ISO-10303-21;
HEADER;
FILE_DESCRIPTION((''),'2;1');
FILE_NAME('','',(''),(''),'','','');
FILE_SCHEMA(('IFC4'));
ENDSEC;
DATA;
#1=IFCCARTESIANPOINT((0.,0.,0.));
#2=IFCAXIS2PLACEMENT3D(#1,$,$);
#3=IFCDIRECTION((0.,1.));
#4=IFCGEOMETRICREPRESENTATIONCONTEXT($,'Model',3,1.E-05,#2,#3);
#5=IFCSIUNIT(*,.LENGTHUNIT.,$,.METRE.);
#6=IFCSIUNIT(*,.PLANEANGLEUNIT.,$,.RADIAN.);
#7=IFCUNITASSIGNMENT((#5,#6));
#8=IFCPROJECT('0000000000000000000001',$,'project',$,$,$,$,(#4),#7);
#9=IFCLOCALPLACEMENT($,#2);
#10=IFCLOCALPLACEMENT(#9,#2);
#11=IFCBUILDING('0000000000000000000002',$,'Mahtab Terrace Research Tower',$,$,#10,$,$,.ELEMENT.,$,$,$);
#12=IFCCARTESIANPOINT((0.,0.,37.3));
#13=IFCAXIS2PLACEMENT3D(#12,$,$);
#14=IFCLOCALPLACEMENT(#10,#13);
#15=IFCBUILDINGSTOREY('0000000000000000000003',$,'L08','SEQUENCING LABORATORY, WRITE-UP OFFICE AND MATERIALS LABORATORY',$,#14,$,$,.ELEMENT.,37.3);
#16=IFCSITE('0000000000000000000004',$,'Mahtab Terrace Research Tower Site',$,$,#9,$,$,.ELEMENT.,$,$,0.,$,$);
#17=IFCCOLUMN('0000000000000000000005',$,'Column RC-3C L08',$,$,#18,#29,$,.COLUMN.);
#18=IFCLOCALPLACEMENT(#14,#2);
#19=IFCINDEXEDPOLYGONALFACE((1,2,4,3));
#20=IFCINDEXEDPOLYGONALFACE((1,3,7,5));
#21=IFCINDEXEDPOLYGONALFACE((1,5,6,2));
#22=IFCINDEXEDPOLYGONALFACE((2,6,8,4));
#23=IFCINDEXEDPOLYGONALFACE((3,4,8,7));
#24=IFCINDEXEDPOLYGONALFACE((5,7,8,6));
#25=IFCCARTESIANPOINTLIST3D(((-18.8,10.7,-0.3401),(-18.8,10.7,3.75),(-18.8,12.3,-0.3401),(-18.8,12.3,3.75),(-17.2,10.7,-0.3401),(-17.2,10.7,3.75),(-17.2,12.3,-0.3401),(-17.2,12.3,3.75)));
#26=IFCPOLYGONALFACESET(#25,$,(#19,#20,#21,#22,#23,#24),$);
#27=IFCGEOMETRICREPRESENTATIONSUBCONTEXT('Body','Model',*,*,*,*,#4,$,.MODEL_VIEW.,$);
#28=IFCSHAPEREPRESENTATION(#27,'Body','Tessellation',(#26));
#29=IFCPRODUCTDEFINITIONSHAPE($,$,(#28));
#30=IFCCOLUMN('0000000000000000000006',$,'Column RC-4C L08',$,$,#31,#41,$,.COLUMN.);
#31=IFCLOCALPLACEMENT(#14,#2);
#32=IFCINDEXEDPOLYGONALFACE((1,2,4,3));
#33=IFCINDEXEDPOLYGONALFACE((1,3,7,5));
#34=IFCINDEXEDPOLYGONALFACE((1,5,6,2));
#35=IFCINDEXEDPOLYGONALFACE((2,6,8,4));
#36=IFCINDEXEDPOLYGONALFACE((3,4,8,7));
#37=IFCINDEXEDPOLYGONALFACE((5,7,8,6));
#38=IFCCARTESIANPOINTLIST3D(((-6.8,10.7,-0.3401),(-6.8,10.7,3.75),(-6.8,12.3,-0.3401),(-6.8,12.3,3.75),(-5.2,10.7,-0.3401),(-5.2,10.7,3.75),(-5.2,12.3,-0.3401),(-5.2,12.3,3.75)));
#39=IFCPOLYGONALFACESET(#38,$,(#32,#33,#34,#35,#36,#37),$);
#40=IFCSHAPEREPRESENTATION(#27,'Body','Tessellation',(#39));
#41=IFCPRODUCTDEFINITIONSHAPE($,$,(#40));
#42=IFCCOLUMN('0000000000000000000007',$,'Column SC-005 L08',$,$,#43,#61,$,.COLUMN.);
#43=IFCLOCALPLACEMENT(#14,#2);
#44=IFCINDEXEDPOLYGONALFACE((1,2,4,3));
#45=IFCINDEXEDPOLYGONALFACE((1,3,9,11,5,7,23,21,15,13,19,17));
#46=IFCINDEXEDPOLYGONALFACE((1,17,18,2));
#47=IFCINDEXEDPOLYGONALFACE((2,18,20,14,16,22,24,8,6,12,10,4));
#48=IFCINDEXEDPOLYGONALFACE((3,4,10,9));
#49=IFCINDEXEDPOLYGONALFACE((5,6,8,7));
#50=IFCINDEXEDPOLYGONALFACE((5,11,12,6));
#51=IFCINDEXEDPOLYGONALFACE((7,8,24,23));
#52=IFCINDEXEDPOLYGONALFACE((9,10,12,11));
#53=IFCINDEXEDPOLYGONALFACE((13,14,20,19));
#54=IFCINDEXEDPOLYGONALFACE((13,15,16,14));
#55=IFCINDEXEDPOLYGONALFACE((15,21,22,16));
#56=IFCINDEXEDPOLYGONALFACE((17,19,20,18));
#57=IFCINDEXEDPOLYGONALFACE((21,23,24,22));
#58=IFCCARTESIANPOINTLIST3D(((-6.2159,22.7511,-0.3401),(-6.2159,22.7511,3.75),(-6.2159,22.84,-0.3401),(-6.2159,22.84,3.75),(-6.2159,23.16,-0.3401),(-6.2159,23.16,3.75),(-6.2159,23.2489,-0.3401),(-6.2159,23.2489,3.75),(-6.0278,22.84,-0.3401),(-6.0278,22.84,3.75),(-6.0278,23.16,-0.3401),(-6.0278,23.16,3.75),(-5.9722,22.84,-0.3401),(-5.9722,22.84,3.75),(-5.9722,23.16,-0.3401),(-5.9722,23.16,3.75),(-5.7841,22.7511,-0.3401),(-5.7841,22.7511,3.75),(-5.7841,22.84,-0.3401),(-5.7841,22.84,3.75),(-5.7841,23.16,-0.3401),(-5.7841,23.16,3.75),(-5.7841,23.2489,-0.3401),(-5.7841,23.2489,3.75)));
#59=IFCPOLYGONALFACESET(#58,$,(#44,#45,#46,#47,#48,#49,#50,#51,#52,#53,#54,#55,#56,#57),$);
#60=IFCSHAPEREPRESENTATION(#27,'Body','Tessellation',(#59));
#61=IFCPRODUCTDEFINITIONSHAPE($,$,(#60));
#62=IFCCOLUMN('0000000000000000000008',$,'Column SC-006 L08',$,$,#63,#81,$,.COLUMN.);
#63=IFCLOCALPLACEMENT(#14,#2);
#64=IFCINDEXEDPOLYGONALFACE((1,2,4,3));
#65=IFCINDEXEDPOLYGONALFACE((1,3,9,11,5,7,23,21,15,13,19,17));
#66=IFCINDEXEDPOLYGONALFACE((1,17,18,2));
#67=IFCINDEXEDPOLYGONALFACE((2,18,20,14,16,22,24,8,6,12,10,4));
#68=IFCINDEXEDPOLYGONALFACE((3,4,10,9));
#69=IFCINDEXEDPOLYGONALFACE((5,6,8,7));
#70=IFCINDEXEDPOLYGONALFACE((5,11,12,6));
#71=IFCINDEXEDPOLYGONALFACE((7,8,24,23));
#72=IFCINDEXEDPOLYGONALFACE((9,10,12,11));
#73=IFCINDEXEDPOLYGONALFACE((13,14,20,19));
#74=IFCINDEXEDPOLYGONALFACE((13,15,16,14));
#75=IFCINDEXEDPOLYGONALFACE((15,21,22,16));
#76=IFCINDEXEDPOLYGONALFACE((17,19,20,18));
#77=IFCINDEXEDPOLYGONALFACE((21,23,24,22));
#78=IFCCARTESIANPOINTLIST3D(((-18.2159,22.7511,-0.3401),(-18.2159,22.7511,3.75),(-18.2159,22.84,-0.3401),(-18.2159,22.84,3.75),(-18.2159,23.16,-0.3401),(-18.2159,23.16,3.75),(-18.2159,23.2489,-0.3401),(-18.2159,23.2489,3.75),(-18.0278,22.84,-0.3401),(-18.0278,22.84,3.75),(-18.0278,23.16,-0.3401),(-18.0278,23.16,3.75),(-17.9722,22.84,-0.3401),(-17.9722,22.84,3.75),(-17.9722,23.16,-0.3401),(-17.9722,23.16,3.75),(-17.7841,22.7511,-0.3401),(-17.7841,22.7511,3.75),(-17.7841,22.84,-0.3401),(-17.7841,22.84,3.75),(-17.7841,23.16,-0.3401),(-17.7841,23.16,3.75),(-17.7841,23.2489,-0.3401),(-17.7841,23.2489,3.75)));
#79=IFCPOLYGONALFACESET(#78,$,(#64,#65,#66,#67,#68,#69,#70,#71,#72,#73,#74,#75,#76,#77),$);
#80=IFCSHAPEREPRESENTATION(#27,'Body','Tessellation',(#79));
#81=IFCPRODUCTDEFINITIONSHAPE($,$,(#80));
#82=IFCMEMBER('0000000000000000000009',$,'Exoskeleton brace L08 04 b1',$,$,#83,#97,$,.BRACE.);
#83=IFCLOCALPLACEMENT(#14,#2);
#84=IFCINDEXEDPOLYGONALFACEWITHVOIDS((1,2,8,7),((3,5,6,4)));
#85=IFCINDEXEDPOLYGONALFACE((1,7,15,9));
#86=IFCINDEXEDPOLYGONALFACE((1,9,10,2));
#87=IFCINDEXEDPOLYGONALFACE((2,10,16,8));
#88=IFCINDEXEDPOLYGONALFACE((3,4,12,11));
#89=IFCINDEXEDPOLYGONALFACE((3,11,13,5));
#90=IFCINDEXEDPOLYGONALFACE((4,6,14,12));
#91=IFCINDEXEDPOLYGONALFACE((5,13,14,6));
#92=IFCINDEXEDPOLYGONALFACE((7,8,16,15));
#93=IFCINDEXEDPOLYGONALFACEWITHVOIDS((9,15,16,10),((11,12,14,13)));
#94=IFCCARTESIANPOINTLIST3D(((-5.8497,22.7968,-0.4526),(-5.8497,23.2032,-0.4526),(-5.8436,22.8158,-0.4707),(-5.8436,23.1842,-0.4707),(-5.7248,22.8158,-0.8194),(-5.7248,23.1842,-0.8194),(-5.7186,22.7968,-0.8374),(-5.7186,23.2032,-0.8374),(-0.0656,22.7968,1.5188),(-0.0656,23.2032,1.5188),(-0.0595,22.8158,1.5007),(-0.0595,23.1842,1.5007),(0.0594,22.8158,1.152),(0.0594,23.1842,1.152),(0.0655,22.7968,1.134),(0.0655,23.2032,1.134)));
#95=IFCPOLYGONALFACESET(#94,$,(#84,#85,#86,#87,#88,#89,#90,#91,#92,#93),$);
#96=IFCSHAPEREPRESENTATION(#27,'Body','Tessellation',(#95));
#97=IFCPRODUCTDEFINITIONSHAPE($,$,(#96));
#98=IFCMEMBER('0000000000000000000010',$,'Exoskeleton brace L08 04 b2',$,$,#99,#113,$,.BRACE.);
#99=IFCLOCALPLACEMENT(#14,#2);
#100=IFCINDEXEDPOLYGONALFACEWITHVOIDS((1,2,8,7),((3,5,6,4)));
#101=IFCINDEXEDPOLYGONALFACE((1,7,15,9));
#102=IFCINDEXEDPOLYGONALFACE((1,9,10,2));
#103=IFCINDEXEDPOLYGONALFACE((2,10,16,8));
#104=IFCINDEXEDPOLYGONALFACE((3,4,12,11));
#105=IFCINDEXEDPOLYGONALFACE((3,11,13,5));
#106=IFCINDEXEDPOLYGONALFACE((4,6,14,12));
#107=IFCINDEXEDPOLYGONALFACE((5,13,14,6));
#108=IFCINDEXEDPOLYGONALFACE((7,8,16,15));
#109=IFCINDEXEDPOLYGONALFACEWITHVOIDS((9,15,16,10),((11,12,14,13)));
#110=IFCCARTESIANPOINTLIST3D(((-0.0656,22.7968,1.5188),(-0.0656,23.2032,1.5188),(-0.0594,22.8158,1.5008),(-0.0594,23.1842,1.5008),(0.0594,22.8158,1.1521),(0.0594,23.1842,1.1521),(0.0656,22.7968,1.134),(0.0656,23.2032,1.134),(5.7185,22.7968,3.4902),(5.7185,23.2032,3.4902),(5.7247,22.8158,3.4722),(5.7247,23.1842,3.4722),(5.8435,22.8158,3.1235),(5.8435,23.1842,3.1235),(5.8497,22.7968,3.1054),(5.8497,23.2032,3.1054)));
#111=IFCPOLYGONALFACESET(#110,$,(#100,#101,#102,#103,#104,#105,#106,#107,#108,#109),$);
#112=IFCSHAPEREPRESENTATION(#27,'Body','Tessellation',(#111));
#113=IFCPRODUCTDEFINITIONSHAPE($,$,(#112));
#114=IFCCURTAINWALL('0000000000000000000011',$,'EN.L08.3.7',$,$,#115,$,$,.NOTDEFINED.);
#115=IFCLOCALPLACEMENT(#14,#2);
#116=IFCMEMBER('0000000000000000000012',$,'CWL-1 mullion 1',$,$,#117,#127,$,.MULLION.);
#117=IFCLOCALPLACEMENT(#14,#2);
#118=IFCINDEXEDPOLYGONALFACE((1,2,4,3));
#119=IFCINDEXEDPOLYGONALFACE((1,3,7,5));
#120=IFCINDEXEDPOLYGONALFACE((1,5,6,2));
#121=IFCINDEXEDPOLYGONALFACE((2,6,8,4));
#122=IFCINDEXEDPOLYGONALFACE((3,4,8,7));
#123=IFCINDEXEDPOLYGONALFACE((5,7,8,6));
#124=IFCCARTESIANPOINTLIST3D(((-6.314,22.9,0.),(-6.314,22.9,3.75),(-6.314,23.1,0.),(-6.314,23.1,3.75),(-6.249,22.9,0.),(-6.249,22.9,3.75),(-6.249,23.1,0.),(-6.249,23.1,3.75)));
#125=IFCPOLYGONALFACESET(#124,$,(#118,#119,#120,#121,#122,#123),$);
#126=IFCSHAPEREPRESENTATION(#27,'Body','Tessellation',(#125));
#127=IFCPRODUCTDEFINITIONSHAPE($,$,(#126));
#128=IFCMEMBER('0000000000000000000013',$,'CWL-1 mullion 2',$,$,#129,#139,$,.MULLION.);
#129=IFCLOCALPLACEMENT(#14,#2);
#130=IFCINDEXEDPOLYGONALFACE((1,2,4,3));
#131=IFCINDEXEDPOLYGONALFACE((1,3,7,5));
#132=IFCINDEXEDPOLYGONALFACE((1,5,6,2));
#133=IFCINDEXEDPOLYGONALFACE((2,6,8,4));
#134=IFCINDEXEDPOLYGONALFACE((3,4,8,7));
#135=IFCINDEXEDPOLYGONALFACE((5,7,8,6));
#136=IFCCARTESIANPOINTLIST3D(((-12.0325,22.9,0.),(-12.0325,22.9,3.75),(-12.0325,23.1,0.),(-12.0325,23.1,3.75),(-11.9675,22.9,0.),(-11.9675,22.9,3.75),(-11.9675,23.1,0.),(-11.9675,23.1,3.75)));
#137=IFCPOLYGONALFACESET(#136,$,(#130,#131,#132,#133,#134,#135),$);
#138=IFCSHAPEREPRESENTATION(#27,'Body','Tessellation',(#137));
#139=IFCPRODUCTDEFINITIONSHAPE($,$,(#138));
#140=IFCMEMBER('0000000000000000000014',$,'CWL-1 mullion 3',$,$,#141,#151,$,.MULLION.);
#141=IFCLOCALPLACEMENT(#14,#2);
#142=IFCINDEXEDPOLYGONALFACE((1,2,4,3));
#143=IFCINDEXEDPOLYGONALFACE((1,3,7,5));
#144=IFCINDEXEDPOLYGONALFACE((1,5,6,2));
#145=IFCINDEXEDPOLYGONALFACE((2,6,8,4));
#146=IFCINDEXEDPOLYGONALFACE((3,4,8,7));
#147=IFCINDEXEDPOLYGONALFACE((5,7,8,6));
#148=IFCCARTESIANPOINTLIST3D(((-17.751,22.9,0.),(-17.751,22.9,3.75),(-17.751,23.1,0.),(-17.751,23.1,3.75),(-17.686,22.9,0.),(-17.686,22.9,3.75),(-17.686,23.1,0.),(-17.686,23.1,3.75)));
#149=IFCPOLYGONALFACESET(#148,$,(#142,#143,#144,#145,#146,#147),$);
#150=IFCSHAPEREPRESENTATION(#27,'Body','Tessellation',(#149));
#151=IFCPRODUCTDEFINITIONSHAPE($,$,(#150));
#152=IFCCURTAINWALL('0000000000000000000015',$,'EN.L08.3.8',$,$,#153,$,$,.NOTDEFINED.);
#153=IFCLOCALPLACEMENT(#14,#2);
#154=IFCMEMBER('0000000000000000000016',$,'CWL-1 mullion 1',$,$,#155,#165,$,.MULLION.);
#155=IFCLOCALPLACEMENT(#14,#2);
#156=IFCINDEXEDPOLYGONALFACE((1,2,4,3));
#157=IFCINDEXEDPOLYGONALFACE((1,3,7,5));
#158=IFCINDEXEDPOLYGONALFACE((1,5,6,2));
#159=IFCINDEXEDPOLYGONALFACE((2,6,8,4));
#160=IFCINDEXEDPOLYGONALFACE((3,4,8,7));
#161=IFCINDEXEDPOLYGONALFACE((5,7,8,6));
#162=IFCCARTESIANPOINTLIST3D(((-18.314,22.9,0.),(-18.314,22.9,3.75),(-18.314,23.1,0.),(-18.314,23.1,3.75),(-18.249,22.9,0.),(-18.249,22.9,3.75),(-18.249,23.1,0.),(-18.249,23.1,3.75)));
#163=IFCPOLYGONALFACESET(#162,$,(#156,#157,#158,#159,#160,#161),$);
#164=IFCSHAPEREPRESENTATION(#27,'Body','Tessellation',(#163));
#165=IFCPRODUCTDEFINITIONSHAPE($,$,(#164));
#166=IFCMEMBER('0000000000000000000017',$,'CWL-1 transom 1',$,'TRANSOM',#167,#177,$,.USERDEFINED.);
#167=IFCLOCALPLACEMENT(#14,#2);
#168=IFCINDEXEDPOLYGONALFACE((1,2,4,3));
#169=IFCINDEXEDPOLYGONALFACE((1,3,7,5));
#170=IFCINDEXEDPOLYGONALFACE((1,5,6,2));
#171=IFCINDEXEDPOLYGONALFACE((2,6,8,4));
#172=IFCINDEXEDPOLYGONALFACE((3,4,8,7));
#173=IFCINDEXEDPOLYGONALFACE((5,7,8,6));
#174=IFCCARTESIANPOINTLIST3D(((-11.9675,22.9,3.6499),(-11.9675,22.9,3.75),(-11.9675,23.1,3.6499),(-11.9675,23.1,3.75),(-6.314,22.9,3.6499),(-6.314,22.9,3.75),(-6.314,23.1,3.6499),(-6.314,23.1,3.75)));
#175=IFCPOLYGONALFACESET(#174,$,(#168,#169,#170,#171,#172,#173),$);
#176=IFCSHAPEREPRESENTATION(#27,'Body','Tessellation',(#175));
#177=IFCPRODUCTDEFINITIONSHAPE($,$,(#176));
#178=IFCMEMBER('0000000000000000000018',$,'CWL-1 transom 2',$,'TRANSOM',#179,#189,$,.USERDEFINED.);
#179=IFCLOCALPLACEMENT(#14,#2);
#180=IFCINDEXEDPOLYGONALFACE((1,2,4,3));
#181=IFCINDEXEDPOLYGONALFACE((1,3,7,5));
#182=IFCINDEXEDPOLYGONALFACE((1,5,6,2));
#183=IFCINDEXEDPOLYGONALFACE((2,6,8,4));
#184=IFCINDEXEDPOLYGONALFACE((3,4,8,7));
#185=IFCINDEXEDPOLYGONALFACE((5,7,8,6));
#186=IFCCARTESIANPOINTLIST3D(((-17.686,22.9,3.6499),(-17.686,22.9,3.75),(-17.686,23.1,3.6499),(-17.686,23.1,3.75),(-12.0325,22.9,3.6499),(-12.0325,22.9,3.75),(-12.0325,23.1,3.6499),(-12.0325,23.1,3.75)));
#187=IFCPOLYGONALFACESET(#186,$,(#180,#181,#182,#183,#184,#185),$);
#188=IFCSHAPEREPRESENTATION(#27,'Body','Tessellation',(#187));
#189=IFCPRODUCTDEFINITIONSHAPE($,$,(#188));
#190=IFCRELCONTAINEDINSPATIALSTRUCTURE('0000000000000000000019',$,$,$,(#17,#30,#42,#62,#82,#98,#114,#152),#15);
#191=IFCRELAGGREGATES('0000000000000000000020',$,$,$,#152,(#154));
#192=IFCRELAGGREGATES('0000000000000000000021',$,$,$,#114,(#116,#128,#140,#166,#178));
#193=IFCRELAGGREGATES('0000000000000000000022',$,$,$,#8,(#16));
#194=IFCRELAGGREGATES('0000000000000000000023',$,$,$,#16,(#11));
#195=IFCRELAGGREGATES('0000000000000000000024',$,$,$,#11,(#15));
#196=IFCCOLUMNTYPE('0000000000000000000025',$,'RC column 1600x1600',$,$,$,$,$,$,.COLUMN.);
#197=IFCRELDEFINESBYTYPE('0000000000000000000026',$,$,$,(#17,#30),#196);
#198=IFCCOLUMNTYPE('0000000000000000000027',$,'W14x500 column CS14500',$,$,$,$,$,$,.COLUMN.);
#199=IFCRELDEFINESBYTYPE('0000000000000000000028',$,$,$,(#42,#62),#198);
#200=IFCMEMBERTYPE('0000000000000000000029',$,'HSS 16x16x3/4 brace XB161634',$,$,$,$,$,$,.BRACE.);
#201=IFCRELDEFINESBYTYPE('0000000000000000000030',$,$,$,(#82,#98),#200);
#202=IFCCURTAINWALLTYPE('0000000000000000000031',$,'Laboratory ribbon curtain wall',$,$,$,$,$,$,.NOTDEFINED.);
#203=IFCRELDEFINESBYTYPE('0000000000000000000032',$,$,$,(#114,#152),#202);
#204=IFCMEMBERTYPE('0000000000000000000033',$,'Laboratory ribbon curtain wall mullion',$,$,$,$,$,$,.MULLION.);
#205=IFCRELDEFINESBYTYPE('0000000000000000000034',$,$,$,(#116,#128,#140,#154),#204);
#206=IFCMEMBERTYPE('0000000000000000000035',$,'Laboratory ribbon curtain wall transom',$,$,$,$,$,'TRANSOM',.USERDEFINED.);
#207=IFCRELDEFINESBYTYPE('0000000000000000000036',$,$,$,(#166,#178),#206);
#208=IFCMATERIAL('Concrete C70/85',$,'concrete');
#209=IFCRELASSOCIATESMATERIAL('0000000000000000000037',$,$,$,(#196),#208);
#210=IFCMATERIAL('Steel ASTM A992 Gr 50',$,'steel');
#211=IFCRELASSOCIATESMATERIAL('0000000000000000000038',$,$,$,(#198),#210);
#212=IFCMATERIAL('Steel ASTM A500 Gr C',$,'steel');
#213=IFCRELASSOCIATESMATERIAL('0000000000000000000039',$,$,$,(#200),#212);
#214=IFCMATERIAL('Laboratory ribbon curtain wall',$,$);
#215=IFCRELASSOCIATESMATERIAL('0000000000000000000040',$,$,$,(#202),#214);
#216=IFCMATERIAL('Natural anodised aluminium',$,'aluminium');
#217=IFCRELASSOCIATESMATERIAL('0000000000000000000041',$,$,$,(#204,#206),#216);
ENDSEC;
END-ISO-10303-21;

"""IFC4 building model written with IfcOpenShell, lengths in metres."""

from ifc_helpers import new_model, si_unit, direction, frame, origin, origin_2d, place, context, subcontext, project, spatial, rectangle, hollow_rectangle, i_section, extrude, material, material_profile, profile_set, type_object, element, aggregate, save


model = new_model("IFC4")

# Units and contexts
model_context = context("Model", 3, precision=1e-05, world=origin(), true_north=direction((0.0, 1.0)))
body_context = subcontext(model_context, "Body", "Model", "MODEL_VIEW")
ifc_project = project(units=[si_unit("LENGTHUNIT", "METRE"), si_unit("PLANEANGLEUNIT", "RADIAN")], contexts=[model_context])

# Site, building, storey
site_placement = place(None, origin())
site = spatial("IfcSite", under=ifc_project, at=site_placement, Name="Mahtab Terrace Research Tower Site", CompositionType="ELEMENT", RefElevation=0.0)
building_placement = place(site_placement, origin())
building = spatial("IfcBuilding", under=site, at=building_placement, Name="Mahtab Terrace Research Tower", CompositionType="ELEMENT")
storey_placement = place(building_placement, frame((0.0, 0.0, 37.3)))
storey = spatial("IfcBuildingStorey", under=building, at=storey_placement, Name="L08", Description="SEQUENCING LABORATORY, WRITE-UP OFFICE AND MATERIALS LABORATORY", CompositionType="ELEMENT", Elevation=37.3)

# Columns
ifc_material_1 = material(Name="Concrete C70/85", Category="concrete")
ifc_material_profile_1 = material_profile(ifc_material_1, rectangle(XDim=1.6001, YDim=1.6001, at=origin_2d()), Name="RC column 1600x1600")
ifc_profile_set_1 = profile_set([ifc_material_profile_1], Name="Concrete C70/85")
column_type_1 = type_object("IfcColumnType", Name="RC column 1600x1600", PredefinedType="COLUMN", material=ifc_profile_set_1)
for number, where, z_axis, x_axis, name in (
    (1, (-18.0, 11.5, -0.3401), (0.0, 0.0, 1.0), (1.0, 0.0, 0.0), "Column RC-3C L08"),
    (2, (-6.0, 11.5, -0.3401), (0.0, 0.0, 1.0), (1.0, 0.0, 0.0), "Column RC-4C L08"),
):
    element("IfcColumn", number, at=place(storey_placement, frame(where, z_axis=z_axis, x_axis=x_axis)), inside=storey, type_object=column_type_1, Name=name, PredefinedType="COLUMN", context=body_context, shape_type="SweptSolid", body=[
        extrude(rectangle(XDim=1.6001, YDim=1.6001, at=origin_2d()), origin(), (0.0, 0.0, 1.0), 4.0901),
    ])
ifc_material_2 = material(Name="Steel ASTM A992 Gr 50", Category="steel")
ifc_material_profile_2 = material_profile(ifc_material_2, i_section(OverallWidth=0.4319, OverallDepth=0.4978, WebThickness=0.0557, FlangeThickness=0.0889, at=origin_2d()), Name="W14X500")
ifc_profile_set_2 = profile_set([ifc_material_profile_2], Name="Steel ASTM A992 Gr 50")
column_type_2 = type_object("IfcColumnType", Name="W14x500 column CS14500", PredefinedType="COLUMN", material=ifc_profile_set_2)
for number, where, z_axis, x_axis, name in (
    (3, (-6.0, 23.0, -0.3401), (0.0, 0.0, 1.0), (1.0, 0.0, 0.0), "Column SC-005 L08"),
    (4, (-18.0, 23.0, -0.3401), (0.0, 0.0, 1.0), (1.0, 0.0, 0.0), "Column SC-006 L08"),
):
    element("IfcColumn", number, at=place(storey_placement, frame(where, z_axis=z_axis, x_axis=x_axis)), inside=storey, type_object=column_type_2, Name=name, PredefinedType="COLUMN", context=body_context, shape_type="SweptSolid", body=[
        extrude(i_section(OverallWidth=0.4319, OverallDepth=0.4978, WebThickness=0.0557, FlangeThickness=0.0889, at=origin_2d()), origin(), (0.0, 0.0, 1.0), 4.0901),
    ])

# Members
ifc_material_3 = material(Name="Steel ASTM A500 Gr C", Category="steel")
ifc_material_profile_3 = material_profile(ifc_material_3, hollow_rectangle(XDim=0.4065, YDim=0.4065, WallThickness=0.019, at=origin_2d()), Name="HSS16X16X3/4")
ifc_profile_set_3 = profile_set([ifc_material_profile_3], Name="Steel ASTM A500 Gr C")
member_type_1 = type_object("IfcMemberType", Name="HSS 16x16x3/4 brace XB161634", PredefinedType="BRACE", material=ifc_profile_set_3)
for number, where, z_axis, x_axis, name in (
    (5, (-5.7842, 23.0, -0.645), (0.946532, 0.0, 0.322609), (0.0, 1.0, 0.0), "Exoskeleton brace L08 04 b1"),
    (6, (0.0, 23.0, 1.3264), (0.946532, 0.0, 0.322609), (0.0, 1.0, 0.0), "Exoskeleton brace L08 04 b2"),
):
    element("IfcMember", number, at=place(storey_placement, frame(where, z_axis=z_axis, x_axis=x_axis)), inside=storey, type_object=member_type_1, Name=name, PredefinedType="BRACE", context=body_context, shape_type="SweptSolid", body=[
        extrude(hollow_rectangle(XDim=0.4065, YDim=0.4065, WallThickness=0.019, at=origin_2d()), origin(), (0.0, 0.0, 1.0), 6.1108),
    ])

# Curtain wall, members
ifc_material_4 = material(Name="Laboratory ribbon curtain wall")
curtain_wall_type = type_object("IfcCurtainWallType", Name="Laboratory ribbon curtain wall", PredefinedType="NOTDEFINED", material=ifc_material_4)
curtain_wall_1_placement = place(storey_placement, origin())
curtain_wall_1 = element("IfcCurtainWall", 7, at=curtain_wall_1_placement, inside=storey, type_object=curtain_wall_type, Name="EN.L08.3.7", PredefinedType="NOTDEFINED")
ifc_material_5 = material(Name="Natural anodised aluminium", Category="aluminium")
ifc_material_profile_4 = material_profile(ifc_material_5, rectangle(XDim=0.2, YDim=0.0649, at=origin_2d()), Name="MULLION 65x200")
ifc_profile_set_4 = profile_set([ifc_material_profile_4], Name="Natural anodised aluminium")
member_type_2 = type_object("IfcMemberType", Name="Laboratory ribbon curtain wall mullion", PredefinedType="MULLION", material=ifc_profile_set_4)
member_1_placement = place(storey_placement, frame((-6.2815, 23.0, 0.0), z_axis=(0.0, 0.0, 1.0), x_axis=(0.0, -1.0, 0.0)))
member_1 = element("IfcMember", 8, at=member_1_placement, type_object=member_type_2, Name="CWL-1 mullion 1", PredefinedType="MULLION", context=body_context, shape_type="SweptSolid", body=[
    extrude(rectangle(XDim=0.2, YDim=0.0649, at=origin_2d()), origin(), (0.0, 0.0, 1.0), 3.75),
])
member_2_placement = place(storey_placement, frame((-12.0, 23.0, 0.0), z_axis=(0.0, 0.0, 1.0), x_axis=(0.0, -1.0, 0.0)))
member_2 = element("IfcMember", 9, at=member_2_placement, type_object=member_type_2, Name="CWL-1 mullion 2", PredefinedType="MULLION", context=body_context, shape_type="SweptSolid", body=[
    extrude(rectangle(XDim=0.2, YDim=0.0649, at=origin_2d()), origin(), (0.0, 0.0, 1.0), 3.75),
])
member_3_placement = place(storey_placement, frame((-17.7185, 23.0, 0.0), z_axis=(0.0, 0.0, 1.0), x_axis=(0.0, -1.0, 0.0)))
member_3 = element("IfcMember", 10, at=member_3_placement, type_object=member_type_2, Name="CWL-1 mullion 3", PredefinedType="MULLION", context=body_context, shape_type="SweptSolid", body=[
    extrude(rectangle(XDim=0.2, YDim=0.0649, at=origin_2d()), origin(), (0.0, 0.0, 1.0), 3.75),
])

# Curtain wall, member
curtain_wall_2_placement = place(storey_placement, origin())
curtain_wall_2 = element("IfcCurtainWall", 11, at=curtain_wall_2_placement, inside=storey, type_object=curtain_wall_type, Name="EN.L08.3.8", PredefinedType="NOTDEFINED")
member_4_placement = place(storey_placement, frame((-18.2815, 23.0, 0.0), z_axis=(0.0, 0.0, 1.0), x_axis=(0.0, -1.0, 0.0)))
member_4 = element("IfcMember", 12, at=member_4_placement, type_object=member_type_2, Name="CWL-1 mullion 1", PredefinedType="MULLION", context=body_context, shape_type="SweptSolid", body=[
    extrude(rectangle(XDim=0.2, YDim=0.0649, at=origin_2d()), origin(), (0.0, 0.0, 1.0), 3.75),
])

# Members
ifc_material_profile_5 = material_profile(ifc_material_5, rectangle(XDim=0.2, YDim=0.1001, at=origin_2d()), Name="TRANSOM 100x200")
ifc_profile_set_5 = profile_set([ifc_material_profile_5], Name="Natural anodised aluminium")
member_type_3 = type_object("IfcMemberType", Name="Laboratory ribbon curtain wall transom", ElementType="TRANSOM", PredefinedType="USERDEFINED", material=ifc_profile_set_5)
member_5_placement = place(storey_placement, frame((-6.314, 23.0, 3.7), z_axis=(-1.0, 0.0, 0.0), x_axis=(0.0, -1.0, 0.0)))
member_5 = element("IfcMember", 13, at=member_5_placement, type_object=member_type_3, Name="CWL-1 transom 1", ObjectType="TRANSOM", PredefinedType="USERDEFINED", context=body_context, shape_type="SweptSolid", body=[
    extrude(rectangle(XDim=0.2, YDim=0.1001, at=origin_2d()), origin(), (0.0, 0.0, 1.0), 5.6536),
])
member_6_placement = place(storey_placement, frame((-12.0325, 23.0, 3.7), z_axis=(-1.0, 0.0, 0.0), x_axis=(0.0, -1.0, 0.0)))
member_6 = element("IfcMember", 14, at=member_6_placement, type_object=member_type_3, Name="CWL-1 transom 2", ObjectType="TRANSOM", PredefinedType="USERDEFINED", context=body_context, shape_type="SweptSolid", body=[
    extrude(rectangle(XDim=0.2, YDim=0.1001, at=origin_2d()), origin(), (0.0, 0.0, 1.0), 5.6536),
])
aggregate(curtain_wall_2, [member_4])

aggregate(curtain_wall_1, [member_1, member_2, member_3, member_5, member_6])

save(model, "model.ifc")
